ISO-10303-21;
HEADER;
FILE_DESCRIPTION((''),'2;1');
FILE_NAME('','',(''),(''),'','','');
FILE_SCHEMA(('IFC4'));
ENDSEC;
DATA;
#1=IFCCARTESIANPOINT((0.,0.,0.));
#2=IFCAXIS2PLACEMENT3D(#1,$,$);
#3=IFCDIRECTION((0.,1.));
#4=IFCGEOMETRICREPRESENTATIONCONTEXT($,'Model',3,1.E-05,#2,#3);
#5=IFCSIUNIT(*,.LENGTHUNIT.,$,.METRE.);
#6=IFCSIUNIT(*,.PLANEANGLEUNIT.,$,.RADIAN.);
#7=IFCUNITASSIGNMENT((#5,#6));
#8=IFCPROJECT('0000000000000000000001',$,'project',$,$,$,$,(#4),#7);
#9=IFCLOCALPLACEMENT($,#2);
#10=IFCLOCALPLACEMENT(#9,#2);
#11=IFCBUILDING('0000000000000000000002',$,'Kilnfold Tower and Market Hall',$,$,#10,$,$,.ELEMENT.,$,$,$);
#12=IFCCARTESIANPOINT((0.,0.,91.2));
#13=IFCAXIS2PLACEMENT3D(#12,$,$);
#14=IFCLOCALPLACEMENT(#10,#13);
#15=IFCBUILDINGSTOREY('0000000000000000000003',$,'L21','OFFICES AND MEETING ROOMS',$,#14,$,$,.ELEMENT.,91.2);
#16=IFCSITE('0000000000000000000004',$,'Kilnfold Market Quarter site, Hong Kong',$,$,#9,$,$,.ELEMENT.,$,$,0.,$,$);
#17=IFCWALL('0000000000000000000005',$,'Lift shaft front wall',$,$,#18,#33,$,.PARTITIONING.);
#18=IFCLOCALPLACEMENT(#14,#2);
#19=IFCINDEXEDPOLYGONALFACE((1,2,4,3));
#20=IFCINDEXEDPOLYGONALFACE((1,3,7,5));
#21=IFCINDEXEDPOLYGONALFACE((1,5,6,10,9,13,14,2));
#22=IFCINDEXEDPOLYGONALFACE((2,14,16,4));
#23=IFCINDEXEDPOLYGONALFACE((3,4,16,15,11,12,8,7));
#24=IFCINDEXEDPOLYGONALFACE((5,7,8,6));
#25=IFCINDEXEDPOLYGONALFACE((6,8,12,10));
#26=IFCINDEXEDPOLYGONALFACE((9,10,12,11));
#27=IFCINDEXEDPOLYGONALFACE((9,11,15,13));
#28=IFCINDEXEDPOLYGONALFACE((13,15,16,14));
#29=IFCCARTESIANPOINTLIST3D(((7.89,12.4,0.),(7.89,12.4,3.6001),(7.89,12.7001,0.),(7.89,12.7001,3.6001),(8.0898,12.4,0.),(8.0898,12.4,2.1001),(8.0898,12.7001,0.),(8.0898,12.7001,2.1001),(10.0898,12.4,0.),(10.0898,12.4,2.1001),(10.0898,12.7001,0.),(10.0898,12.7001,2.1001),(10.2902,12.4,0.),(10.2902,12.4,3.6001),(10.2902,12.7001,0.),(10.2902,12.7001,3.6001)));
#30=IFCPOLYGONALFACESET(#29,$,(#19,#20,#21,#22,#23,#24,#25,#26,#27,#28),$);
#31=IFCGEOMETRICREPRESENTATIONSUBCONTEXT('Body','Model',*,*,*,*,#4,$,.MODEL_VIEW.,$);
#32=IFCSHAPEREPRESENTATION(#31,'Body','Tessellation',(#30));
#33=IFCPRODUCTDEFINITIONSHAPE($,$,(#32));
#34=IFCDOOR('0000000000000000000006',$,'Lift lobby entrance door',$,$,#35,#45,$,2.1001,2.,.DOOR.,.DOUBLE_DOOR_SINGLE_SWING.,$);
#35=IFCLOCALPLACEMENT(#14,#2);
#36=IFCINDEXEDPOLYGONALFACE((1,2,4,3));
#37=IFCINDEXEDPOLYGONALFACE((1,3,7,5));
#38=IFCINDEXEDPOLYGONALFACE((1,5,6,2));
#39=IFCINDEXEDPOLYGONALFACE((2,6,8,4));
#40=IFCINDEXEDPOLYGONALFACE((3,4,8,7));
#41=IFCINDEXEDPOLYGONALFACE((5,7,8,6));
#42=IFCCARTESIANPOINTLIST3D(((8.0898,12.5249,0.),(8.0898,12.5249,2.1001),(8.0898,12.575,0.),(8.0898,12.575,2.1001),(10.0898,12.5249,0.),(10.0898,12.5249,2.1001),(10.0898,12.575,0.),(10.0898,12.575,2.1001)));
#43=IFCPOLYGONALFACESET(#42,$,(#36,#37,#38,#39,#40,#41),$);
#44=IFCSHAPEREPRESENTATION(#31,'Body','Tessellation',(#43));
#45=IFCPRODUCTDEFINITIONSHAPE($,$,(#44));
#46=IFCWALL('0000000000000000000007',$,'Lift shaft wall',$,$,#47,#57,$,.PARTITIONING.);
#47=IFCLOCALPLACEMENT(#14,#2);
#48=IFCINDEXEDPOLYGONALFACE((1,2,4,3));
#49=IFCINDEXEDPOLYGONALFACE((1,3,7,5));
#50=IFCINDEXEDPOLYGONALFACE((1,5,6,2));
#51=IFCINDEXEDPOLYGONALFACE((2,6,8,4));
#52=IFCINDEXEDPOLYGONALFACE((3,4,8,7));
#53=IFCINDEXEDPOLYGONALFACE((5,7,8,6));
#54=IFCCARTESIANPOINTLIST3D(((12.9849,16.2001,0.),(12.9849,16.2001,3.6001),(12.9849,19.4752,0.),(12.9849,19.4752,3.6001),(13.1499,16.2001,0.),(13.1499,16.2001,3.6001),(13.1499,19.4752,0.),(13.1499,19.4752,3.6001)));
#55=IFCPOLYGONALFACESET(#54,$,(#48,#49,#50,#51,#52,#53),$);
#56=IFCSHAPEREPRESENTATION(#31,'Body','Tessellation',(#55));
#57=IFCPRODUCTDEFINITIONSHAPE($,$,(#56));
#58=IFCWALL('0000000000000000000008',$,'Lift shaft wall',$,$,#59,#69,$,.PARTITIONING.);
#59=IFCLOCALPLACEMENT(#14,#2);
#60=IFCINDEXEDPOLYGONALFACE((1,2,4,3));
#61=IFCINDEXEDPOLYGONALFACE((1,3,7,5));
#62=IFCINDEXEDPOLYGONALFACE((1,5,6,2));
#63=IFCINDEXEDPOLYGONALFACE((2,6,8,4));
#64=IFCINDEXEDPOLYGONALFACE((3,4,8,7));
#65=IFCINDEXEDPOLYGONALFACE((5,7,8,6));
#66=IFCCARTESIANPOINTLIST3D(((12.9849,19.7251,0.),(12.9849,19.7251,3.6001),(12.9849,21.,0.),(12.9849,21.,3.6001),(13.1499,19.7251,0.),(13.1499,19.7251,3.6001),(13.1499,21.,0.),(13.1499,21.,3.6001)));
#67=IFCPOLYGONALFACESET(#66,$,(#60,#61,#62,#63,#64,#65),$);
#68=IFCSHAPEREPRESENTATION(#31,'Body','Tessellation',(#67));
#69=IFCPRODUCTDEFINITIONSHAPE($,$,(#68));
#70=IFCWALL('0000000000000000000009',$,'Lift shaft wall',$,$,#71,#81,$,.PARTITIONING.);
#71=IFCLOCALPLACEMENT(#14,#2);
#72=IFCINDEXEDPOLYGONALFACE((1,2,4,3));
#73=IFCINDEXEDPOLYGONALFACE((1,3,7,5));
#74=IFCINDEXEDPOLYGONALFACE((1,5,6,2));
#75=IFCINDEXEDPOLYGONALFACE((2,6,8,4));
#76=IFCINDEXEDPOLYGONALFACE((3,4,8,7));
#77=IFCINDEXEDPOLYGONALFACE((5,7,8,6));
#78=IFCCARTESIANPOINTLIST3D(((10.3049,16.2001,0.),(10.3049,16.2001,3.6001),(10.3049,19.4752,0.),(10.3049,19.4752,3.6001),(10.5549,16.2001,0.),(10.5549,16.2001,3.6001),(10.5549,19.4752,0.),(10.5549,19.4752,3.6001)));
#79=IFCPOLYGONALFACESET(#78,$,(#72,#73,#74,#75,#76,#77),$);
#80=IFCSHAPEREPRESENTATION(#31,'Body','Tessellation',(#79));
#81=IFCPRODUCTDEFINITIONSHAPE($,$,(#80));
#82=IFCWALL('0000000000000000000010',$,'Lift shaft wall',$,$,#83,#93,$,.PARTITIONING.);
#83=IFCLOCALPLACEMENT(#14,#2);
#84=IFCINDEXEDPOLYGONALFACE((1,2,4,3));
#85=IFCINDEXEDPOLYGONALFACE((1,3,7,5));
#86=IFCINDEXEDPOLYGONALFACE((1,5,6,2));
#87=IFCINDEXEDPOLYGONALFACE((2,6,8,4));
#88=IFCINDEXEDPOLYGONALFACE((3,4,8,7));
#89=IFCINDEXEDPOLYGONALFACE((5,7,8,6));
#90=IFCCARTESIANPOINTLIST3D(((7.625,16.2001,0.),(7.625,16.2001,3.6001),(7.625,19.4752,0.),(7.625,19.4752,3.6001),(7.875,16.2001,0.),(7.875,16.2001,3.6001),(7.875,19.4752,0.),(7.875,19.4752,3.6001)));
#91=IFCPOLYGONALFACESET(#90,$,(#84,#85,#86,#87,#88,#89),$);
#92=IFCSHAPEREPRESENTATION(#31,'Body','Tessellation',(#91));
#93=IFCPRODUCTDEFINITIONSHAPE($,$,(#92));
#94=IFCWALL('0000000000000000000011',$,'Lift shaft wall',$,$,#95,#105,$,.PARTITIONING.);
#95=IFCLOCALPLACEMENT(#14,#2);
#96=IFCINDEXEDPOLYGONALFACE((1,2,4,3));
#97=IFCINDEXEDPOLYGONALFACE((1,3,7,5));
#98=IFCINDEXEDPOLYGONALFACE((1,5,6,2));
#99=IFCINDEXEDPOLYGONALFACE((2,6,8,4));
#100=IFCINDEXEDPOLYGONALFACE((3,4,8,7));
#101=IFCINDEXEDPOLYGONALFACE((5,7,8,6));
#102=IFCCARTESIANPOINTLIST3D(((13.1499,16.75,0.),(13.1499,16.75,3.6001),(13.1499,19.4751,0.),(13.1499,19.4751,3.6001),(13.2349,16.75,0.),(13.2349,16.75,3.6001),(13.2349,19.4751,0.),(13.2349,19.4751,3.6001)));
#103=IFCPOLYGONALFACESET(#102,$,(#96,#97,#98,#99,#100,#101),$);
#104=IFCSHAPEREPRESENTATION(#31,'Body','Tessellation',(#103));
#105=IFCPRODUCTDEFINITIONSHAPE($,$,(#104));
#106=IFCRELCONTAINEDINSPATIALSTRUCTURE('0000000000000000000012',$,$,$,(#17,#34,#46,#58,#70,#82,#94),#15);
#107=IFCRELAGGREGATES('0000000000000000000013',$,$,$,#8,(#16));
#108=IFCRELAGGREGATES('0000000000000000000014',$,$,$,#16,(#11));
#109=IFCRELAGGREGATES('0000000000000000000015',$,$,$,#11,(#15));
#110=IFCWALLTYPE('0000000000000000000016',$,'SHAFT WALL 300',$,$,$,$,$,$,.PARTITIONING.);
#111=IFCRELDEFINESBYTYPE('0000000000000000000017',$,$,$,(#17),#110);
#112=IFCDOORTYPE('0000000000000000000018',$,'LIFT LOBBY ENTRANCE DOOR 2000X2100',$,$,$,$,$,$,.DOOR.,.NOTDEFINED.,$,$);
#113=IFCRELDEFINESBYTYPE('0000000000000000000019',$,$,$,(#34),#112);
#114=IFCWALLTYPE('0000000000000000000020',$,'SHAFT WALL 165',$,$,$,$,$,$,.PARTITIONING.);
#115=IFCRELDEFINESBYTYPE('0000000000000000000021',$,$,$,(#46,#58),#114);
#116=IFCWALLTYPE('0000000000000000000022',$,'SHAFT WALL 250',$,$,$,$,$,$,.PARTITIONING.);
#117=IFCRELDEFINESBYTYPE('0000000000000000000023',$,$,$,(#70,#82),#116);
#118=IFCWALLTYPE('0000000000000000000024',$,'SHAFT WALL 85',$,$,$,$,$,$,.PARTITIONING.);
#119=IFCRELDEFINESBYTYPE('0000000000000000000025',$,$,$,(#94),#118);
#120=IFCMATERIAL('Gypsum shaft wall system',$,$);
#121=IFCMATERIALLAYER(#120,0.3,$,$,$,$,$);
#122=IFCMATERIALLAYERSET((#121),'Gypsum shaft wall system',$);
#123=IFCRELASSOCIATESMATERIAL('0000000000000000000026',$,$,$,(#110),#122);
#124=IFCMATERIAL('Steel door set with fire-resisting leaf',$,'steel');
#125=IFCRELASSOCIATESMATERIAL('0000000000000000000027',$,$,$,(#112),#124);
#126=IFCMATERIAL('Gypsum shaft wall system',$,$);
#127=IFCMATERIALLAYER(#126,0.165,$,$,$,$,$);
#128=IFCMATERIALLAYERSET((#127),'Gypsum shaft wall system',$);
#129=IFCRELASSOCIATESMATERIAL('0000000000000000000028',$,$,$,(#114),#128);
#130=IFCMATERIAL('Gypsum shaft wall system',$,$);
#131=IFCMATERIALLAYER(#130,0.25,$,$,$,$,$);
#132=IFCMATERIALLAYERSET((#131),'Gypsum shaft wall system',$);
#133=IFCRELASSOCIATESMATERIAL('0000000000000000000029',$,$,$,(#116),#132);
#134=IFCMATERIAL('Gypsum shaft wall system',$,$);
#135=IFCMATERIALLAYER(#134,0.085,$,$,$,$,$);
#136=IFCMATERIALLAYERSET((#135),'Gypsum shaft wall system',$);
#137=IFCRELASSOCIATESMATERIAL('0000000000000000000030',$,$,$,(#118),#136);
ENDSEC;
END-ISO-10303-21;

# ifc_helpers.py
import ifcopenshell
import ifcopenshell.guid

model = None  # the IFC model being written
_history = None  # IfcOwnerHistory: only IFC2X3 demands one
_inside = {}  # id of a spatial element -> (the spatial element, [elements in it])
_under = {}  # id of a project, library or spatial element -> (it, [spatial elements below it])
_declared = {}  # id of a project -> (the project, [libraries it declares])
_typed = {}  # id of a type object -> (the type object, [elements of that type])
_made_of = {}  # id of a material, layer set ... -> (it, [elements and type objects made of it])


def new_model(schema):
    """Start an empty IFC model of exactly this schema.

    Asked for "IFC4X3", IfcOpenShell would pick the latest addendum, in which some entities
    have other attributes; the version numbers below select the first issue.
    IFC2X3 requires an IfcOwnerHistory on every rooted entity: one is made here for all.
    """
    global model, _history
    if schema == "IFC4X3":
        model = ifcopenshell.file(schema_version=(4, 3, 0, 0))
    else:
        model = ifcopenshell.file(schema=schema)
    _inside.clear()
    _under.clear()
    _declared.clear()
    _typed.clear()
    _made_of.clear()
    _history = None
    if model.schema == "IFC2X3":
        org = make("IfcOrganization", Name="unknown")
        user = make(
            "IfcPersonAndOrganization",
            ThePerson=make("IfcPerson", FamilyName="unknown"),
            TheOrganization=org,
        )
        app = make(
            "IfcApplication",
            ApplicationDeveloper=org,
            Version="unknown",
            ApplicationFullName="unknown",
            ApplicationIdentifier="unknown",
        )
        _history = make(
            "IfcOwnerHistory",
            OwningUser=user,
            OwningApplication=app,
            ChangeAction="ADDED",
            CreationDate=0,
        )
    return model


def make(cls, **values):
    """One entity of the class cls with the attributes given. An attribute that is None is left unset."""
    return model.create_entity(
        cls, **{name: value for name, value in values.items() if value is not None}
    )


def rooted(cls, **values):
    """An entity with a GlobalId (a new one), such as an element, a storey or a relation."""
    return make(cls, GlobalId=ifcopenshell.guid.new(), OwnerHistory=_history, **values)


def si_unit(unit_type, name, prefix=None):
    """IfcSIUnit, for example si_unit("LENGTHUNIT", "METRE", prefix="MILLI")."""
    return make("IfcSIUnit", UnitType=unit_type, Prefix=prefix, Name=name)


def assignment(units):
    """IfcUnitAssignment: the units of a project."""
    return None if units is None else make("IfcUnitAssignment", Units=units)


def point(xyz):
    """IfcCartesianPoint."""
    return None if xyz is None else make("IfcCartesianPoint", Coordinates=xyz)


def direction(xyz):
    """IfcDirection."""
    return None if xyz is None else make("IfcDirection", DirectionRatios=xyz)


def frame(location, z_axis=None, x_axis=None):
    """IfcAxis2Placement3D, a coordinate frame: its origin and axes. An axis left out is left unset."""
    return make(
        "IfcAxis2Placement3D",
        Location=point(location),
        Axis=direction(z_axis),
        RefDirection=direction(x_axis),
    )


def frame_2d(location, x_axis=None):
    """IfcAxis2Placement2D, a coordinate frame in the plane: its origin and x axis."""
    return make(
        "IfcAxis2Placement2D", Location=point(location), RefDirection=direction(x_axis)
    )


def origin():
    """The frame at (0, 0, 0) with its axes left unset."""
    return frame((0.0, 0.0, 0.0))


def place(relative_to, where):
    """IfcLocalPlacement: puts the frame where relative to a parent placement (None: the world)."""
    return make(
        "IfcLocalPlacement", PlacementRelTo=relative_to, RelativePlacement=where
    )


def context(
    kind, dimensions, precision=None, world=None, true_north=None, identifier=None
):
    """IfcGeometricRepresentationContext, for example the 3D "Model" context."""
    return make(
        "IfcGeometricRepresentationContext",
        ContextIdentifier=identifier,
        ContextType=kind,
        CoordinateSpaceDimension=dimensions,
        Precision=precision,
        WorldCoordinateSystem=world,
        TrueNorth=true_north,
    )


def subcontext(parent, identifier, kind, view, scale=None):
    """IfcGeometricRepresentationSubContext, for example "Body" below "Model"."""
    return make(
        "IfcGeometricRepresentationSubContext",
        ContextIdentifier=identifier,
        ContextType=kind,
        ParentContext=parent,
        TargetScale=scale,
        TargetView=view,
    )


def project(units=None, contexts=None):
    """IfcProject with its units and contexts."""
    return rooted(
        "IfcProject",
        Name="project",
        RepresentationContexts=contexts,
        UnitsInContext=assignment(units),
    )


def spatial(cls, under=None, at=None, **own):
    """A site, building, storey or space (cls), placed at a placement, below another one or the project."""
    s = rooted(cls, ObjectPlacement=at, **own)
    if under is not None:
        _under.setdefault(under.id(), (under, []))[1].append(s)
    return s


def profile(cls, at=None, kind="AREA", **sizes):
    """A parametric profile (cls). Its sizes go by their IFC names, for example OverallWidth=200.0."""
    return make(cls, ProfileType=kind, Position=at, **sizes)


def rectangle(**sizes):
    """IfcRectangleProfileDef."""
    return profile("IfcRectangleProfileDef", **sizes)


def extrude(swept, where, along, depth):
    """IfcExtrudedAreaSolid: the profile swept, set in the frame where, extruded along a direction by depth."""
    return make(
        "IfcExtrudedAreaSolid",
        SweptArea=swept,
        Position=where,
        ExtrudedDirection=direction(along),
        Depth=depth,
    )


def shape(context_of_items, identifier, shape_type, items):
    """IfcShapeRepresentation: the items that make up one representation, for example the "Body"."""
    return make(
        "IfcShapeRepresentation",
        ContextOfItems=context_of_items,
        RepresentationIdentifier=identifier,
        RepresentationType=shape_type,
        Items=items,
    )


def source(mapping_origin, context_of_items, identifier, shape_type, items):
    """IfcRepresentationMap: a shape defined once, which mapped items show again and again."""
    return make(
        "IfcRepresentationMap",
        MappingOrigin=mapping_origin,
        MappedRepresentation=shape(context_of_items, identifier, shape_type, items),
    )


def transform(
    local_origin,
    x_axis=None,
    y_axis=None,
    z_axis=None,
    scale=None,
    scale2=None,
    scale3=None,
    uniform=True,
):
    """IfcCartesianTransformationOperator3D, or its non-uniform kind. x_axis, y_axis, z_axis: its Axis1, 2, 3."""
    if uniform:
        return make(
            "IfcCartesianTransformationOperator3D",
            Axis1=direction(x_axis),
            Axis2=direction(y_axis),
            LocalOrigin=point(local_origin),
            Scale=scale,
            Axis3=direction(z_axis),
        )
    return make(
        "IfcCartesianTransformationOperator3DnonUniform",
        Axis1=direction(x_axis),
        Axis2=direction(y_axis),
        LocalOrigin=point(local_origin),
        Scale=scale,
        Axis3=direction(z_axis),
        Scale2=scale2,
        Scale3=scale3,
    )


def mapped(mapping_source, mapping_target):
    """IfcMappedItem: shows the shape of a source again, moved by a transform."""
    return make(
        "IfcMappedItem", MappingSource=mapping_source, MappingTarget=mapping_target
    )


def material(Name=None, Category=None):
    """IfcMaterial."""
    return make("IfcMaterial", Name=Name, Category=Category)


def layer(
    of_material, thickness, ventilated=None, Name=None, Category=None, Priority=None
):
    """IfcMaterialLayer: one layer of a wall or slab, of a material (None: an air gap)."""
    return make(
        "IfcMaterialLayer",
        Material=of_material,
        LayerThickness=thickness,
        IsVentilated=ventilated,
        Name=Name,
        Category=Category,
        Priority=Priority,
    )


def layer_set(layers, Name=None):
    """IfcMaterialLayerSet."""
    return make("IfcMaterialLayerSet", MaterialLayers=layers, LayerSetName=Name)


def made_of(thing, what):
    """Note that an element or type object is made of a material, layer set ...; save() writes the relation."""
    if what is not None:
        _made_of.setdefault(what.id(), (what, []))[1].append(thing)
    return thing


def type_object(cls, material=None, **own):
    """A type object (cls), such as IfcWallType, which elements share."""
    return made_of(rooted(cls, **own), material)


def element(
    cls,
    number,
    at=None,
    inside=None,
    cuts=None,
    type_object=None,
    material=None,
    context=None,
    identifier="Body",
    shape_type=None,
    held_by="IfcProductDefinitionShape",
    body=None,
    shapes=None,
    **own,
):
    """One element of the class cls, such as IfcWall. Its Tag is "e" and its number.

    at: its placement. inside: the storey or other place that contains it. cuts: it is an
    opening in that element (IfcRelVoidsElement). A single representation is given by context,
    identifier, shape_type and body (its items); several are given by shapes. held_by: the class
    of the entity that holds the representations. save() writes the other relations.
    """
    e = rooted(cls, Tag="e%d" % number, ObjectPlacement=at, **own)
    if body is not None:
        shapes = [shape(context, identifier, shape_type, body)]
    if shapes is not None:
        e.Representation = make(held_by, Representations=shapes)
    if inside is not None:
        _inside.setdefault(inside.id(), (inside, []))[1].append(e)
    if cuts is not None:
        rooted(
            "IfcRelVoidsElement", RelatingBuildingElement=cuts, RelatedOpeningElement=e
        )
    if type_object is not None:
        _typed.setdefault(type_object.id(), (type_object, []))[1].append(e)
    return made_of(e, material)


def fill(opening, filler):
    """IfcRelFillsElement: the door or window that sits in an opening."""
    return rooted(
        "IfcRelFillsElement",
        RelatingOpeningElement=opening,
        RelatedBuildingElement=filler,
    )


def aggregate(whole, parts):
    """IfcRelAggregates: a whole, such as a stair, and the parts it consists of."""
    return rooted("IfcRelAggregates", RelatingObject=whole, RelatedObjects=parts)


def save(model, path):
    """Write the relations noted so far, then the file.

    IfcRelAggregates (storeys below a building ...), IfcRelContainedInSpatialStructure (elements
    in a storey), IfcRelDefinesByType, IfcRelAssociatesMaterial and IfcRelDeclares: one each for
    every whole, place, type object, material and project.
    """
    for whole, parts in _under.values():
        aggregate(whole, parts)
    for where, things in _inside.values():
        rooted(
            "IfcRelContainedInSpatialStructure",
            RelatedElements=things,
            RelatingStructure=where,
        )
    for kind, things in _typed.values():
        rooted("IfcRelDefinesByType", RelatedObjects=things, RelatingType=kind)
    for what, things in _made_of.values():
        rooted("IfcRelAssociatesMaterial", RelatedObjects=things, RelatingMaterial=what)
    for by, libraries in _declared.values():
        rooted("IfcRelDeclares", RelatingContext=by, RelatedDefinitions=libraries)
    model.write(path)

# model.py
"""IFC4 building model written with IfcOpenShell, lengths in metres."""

from ifc_helpers import new_model, si_unit, direction, frame, frame_2d, origin, place, context, subcontext, project, spatial, rectangle, extrude, source, transform, mapped, material, layer, layer_set, type_object, element, fill, save


model = new_model("IFC4")

# Units and contexts
model_context = context("Model", 3, precision=1e-05, world=origin(), true_north=direction((0.0, 1.0)))
body_context = subcontext(model_context, "Body", "Model", "MODEL_VIEW")
ifc_project = project(units=[si_unit("LENGTHUNIT", "METRE"), si_unit("PLANEANGLEUNIT", "RADIAN")], contexts=[model_context])

# Site, building, storey
site_placement = place(None, origin())
site = spatial("IfcSite", under=ifc_project, at=site_placement, Name="Kilnfold Market Quarter site, Hong Kong", CompositionType="ELEMENT", RefElevation=0.0)
building_placement = place(site_placement, origin())
building = spatial("IfcBuilding", under=site, at=building_placement, Name="Kilnfold Tower and Market Hall", CompositionType="ELEMENT")
storey_placement = place(building_placement, frame((0.0, 0.0, 91.2)))
storey = spatial("IfcBuildingStorey", under=building, at=storey_placement, Name="L21", Description="OFFICES AND MEETING ROOMS", CompositionType="ELEMENT", Elevation=91.2)

# Shared definitions
ifc_material_1 = material(Name="Gypsum shaft wall system")
ifc_layer_1 = layer(ifc_material_1, 0.3)
ifc_layer_set_1 = layer_set([ifc_layer_1], Name="Gypsum shaft wall system")
wall_type_1 = type_object("IfcWallType", Name="SHAFT WALL 300", PredefinedType="PARTITIONING", material=ifc_layer_set_1)

# Wall, opening, door
shared_shape_1 = source(origin(), body_context, "Body", "SweptSolid", [
    extrude(rectangle(XDim=2.4001, YDim=0.3, at=frame_2d((1.2002, 0.0))), origin(), (0.0, 0.0, 1.0), 3.6001),
])
wall_1_placement = place(storey_placement, frame((7.8899, 12.55, 0.0), z_axis=(0.0, 0.0, 1.0), x_axis=(1.0, 0.0, 0.0)))
wall_1 = element("IfcWall", 1, at=wall_1_placement, inside=storey, type_object=wall_type_1, Name="Lift shaft front wall", PredefinedType="PARTITIONING", context=body_context, shape_type="MappedRepresentation", body=[
    mapped(shared_shape_1, transform((0.0, 0.0, 0.0))),
])
opening_1_placement = place(wall_1_placement, frame((0.2, 0.0, 0.0)))
opening_1 = element("IfcOpeningElement", 2, at=opening_1_placement, cuts=wall_1, PredefinedType="OPENING", context=body_context, shape_type="SweptSolid", body=[
    extrude(rectangle(XDim=2.0, YDim=2.1001, at=frame_2d((1.0, 1.05))), frame((0.0, 0.1602, 0.0), z_axis=(0.0, -1.0, 0.0), x_axis=(1.0, 0.0, 0.0)), (0.0, 0.0, 1.0), 0.3201),
])
ifc_material_2 = material(Name="Steel door set with fire-resisting leaf", Category="steel")
door_type_1 = type_object("IfcDoorType", Name="LIFT LOBBY ENTRANCE DOOR 2000X2100", OperationType="NOTDEFINED", PredefinedType="DOOR", material=ifc_material_2)
door_1_placement = place(opening_1_placement, origin())
door_1 = element("IfcDoor", 3, at=door_1_placement, inside=storey, type_object=door_type_1, Name="Lift lobby entrance door", OperationType="DOUBLE_DOOR_SINGLE_SWING", OverallHeight=2.1001, OverallWidth=2.0, PredefinedType="DOOR", context=body_context, shape_type="SweptSolid", body=[
    extrude(rectangle(XDim=2.0, YDim=2.1001, at=frame_2d((1.0, 1.05))), frame((0.0, 0.0249, 0.0), z_axis=(0.0, -1.0, 0.0), x_axis=(1.0, 0.0, 0.0)), (0.0, 0.0, 1.0), 0.05),
])
fill(opening_1, door_1)

# Walls
ifc_material_3 = material(Name="Gypsum shaft wall system")
ifc_layer_2 = layer(ifc_material_3, 0.165)
ifc_layer_set_2 = layer_set([ifc_layer_2], Name="Gypsum shaft wall system")
wall_type_2 = type_object("IfcWallType", Name="SHAFT WALL 165", PredefinedType="PARTITIONING", material=ifc_layer_set_2)
shared_shape_2 = source(origin(), body_context, "Body", "SweptSolid", [
    extrude(rectangle(XDim=3.2751, YDim=0.165, at=frame_2d((1.6377, 0.0))), origin(), (0.0, 0.0, 1.0), 3.6001),
])
wall_2_placement = place(storey_placement, frame((13.0674, 16.2, 0.0), z_axis=(0.0, 0.0, 1.0), x_axis=(0.0, 1.0, 0.0)))
element("IfcWall", 4, at=wall_2_placement, inside=storey, type_object=wall_type_2, Name="Lift shaft wall", PredefinedType="PARTITIONING", context=body_context, shape_type="MappedRepresentation", body=[
    mapped(shared_shape_2, transform((0.0, 0.0, 0.0))),
])
shared_shape_3 = source(origin(), body_context, "Body", "SweptSolid", [
    extrude(rectangle(XDim=1.2749, YDim=0.165, at=frame_2d((0.6375, 0.0))), origin(), (0.0, 0.0, 1.0), 3.6001),
])
wall_3_placement = place(storey_placement, frame((13.0674, 19.7251, 0.0), z_axis=(0.0, 0.0, 1.0), x_axis=(0.0, 1.0, 0.0)))
element("IfcWall", 5, at=wall_3_placement, inside=storey, type_object=wall_type_2, Name="Lift shaft wall", PredefinedType="PARTITIONING", context=body_context, shape_type="MappedRepresentation", body=[
    mapped(shared_shape_3, transform((0.0, 0.0, 0.0))),
])
ifc_material_4 = material(Name="Gypsum shaft wall system")
ifc_layer_3 = layer(ifc_material_4, 0.25)
ifc_layer_set_3 = layer_set([ifc_layer_3], Name="Gypsum shaft wall system")
wall_type_3 = type_object("IfcWallType", Name="SHAFT WALL 250", PredefinedType="PARTITIONING", material=ifc_layer_set_3)
shared_shape_4 = source(origin(), body_context, "Body", "SweptSolid", [
    extrude(rectangle(XDim=3.2751, YDim=0.25, at=frame_2d((1.6377, 0.0))), origin(), (0.0, 0.0, 1.0), 3.6001),
])
for number, where, z_axis, x_axis, name in (
    (6, (10.4299, 16.2, 0.0), (0.0, 0.0, 1.0), (0.0, 1.0, 0.0), "Lift shaft wall"),
    (7, (7.75, 16.2, 0.0), (0.0, 0.0, 1.0), (0.0, 1.0, 0.0), "Lift shaft wall"),
):
    element("IfcWall", number, at=place(storey_placement, frame(where, z_axis=z_axis, x_axis=x_axis)), inside=storey, type_object=wall_type_3, Name=name, PredefinedType="PARTITIONING", context=body_context, shape_type="MappedRepresentation", body=[
        mapped(shared_shape_4, transform((0.0, 0.0, 0.0))),
    ])
ifc_material_5 = material(Name="Gypsum shaft wall system")
ifc_layer_4 = layer(ifc_material_5, 0.085)
ifc_layer_set_4 = layer_set([ifc_layer_4], Name="Gypsum shaft wall system")
wall_type_4 = type_object("IfcWallType", Name="SHAFT WALL 85", PredefinedType="PARTITIONING", material=ifc_layer_set_4)
shared_shape_5 = source(origin(), body_context, "Body", "SweptSolid", [
    extrude(rectangle(XDim=2.7251, YDim=0.085, at=frame_2d((1.3625, 0.0))), origin(), (0.0, 0.0, 1.0), 3.6001),
])
wall_4_placement = place(storey_placement, frame((13.1924, 16.75, 0.0), z_axis=(0.0, 0.0, 1.0), x_axis=(0.0, 1.0, 0.0)))
element("IfcWall", 8, at=wall_4_placement, inside=storey, type_object=wall_type_4, Name="Lift shaft wall", PredefinedType="PARTITIONING", context=body_context, shape_type="MappedRepresentation", body=[
    mapped(shared_shape_5, transform((0.0, 0.0, 0.0))),
])

save(model, "model.ifc")
